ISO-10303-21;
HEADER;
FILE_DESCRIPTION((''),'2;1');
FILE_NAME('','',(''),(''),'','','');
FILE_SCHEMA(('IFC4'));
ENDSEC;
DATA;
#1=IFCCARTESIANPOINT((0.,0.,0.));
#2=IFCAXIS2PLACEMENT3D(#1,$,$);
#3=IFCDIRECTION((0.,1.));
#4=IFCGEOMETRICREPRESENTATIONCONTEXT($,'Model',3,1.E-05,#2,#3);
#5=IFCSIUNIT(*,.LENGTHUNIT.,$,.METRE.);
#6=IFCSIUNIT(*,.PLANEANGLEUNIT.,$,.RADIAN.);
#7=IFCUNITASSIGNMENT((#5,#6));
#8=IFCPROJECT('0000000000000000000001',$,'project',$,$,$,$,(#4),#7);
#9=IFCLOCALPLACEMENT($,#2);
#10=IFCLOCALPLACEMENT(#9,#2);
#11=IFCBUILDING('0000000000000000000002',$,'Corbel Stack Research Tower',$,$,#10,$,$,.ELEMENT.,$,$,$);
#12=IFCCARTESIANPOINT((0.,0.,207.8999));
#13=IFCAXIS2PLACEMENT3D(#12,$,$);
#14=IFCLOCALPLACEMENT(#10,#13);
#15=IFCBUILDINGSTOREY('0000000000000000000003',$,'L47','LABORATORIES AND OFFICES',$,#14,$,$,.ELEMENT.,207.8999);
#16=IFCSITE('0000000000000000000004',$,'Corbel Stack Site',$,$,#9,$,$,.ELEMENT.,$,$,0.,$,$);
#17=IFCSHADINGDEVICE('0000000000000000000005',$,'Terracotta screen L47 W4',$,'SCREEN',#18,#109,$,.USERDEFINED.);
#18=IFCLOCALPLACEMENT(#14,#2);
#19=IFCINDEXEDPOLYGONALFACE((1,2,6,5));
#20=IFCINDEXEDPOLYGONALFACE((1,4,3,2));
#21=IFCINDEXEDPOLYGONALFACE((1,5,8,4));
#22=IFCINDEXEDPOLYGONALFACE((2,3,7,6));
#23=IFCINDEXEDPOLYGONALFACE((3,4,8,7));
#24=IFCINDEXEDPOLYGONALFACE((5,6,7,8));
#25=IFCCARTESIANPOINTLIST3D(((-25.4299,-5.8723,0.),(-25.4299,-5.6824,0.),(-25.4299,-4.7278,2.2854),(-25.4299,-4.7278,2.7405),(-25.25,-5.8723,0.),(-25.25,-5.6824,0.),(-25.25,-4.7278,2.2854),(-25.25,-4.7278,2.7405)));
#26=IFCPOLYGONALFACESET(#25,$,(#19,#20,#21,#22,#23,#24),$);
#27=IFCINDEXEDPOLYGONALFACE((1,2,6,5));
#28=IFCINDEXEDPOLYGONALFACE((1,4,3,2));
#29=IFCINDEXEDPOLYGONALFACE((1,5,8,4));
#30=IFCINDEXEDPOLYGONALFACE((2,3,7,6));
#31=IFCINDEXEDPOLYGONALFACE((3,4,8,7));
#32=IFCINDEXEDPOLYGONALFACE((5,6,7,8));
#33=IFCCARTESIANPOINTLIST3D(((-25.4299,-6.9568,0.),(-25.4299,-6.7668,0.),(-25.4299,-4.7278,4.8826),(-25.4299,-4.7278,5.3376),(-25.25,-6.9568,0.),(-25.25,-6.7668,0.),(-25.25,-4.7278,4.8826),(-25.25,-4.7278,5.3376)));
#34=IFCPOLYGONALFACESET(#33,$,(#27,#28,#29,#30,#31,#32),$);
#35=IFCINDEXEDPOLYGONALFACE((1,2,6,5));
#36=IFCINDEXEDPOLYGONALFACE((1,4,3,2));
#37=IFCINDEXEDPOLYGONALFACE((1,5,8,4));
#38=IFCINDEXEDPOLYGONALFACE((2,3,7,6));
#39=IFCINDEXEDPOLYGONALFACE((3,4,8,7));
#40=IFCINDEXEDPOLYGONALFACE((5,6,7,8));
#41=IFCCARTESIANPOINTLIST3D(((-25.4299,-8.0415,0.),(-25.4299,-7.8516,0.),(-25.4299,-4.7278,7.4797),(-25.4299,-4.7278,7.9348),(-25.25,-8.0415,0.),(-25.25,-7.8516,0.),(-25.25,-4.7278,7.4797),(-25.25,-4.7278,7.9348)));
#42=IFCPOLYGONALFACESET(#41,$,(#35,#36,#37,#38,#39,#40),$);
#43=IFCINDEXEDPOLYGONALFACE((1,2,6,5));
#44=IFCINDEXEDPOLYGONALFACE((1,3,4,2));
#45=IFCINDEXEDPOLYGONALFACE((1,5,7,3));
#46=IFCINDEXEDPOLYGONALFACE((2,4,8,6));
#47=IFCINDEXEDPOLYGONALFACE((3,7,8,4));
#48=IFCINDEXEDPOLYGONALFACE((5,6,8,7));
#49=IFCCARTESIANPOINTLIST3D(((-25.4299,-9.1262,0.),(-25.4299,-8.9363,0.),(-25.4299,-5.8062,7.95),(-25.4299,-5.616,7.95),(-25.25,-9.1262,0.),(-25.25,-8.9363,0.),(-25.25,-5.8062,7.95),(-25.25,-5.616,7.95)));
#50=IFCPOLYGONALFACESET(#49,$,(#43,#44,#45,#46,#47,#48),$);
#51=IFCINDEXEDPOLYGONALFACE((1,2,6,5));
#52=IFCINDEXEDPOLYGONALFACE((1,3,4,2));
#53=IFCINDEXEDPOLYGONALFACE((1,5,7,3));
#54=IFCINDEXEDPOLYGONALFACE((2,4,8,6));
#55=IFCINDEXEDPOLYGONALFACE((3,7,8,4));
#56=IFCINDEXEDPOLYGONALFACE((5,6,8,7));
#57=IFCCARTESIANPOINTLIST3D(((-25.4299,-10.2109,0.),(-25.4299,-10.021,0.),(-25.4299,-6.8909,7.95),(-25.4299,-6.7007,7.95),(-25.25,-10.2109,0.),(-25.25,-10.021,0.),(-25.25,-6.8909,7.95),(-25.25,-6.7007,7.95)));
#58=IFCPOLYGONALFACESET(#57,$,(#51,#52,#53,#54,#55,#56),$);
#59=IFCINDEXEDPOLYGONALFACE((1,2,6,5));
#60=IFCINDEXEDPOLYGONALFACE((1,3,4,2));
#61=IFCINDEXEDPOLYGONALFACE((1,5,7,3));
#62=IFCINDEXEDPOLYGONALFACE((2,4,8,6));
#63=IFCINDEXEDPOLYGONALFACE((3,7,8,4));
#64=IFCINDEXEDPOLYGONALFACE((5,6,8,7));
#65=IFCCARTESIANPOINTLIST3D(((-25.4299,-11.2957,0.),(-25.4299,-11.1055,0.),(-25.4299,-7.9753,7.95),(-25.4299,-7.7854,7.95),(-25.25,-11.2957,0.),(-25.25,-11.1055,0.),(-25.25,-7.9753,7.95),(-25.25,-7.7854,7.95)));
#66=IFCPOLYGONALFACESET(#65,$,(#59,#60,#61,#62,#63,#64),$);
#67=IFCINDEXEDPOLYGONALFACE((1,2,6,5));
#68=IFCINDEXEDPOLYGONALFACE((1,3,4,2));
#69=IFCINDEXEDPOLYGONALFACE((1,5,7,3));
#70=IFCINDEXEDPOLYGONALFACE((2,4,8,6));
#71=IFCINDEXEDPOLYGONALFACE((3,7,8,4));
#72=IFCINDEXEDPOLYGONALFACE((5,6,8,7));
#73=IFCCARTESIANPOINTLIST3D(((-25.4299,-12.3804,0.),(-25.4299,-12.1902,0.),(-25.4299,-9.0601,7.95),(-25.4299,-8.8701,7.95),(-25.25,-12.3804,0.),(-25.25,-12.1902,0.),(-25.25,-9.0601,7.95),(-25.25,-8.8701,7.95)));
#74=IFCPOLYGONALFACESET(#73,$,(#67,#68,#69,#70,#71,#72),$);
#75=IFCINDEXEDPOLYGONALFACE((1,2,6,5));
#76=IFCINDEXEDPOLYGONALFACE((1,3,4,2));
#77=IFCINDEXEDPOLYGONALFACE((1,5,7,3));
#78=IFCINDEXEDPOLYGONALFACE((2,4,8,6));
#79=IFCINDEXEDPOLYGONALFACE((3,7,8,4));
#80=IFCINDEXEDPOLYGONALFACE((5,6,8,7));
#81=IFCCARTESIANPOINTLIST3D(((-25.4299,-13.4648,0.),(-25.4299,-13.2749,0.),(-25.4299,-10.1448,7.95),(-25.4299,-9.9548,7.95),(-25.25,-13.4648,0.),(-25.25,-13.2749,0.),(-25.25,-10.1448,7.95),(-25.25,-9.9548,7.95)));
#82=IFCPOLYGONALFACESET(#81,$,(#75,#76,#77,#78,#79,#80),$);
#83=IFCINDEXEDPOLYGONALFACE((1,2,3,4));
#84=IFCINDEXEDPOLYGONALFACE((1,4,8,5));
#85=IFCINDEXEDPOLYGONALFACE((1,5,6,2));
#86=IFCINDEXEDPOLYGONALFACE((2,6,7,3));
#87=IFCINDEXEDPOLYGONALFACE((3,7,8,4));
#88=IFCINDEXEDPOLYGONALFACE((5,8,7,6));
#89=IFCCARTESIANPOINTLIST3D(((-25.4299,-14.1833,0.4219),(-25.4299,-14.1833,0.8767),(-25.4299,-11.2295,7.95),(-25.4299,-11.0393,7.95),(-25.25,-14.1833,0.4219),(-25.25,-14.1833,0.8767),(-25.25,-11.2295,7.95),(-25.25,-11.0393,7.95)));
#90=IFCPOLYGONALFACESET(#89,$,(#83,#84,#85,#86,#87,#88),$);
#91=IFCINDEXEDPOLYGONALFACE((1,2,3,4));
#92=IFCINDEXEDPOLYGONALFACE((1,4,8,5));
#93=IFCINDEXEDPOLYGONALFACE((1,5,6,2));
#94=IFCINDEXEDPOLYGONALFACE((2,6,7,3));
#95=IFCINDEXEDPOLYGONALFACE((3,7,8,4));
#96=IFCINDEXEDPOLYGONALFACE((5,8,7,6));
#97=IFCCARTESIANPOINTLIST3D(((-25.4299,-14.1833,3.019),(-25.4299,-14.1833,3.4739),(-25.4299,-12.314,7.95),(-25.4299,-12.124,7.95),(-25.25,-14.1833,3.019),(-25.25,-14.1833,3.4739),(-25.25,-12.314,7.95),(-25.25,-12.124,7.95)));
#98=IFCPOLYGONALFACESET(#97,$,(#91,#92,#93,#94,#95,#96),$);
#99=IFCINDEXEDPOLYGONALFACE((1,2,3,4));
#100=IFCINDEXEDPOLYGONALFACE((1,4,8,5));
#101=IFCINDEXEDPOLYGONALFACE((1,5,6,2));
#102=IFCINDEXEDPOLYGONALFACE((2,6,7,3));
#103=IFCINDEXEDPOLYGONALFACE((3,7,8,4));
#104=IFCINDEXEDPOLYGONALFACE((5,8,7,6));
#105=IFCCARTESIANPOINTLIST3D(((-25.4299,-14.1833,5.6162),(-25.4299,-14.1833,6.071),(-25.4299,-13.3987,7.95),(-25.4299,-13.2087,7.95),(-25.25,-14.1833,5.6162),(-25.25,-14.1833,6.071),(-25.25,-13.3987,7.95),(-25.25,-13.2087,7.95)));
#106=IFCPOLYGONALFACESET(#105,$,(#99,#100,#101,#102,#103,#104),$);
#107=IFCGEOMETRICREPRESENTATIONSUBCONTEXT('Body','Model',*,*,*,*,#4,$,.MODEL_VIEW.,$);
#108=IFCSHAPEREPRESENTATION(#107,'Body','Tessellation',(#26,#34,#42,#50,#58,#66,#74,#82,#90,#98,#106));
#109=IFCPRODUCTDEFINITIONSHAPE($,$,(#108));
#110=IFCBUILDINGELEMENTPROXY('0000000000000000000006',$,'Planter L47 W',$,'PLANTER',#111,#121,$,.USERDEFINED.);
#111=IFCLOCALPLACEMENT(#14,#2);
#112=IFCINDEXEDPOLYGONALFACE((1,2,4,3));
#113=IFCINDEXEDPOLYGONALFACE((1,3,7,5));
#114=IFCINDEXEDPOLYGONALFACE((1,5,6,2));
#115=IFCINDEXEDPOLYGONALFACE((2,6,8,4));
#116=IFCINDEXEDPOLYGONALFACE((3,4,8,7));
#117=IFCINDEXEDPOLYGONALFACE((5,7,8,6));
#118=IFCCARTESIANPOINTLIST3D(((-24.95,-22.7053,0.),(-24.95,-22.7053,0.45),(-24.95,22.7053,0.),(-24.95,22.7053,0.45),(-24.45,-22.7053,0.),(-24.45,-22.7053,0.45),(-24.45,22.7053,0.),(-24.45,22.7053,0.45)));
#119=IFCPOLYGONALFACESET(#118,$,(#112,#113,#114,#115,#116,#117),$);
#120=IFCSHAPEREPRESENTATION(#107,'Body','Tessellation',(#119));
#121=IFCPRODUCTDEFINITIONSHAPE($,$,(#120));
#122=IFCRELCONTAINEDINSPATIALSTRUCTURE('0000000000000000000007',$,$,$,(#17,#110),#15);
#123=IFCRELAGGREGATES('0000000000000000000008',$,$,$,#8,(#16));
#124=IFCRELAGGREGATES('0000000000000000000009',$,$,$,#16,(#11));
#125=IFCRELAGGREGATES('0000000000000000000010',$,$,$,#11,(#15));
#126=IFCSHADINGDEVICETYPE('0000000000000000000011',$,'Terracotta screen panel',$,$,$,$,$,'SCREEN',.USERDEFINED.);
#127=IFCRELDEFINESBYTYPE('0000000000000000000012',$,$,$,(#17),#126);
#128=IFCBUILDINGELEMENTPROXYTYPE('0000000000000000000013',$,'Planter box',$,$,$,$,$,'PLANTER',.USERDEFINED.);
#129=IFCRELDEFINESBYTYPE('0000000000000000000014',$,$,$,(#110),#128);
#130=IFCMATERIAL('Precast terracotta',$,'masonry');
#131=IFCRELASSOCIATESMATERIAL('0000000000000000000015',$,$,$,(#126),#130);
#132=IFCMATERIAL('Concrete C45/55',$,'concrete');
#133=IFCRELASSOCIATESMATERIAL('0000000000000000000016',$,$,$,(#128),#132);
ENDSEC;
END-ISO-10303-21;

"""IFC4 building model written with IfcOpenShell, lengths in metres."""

from ifc_helpers import new_model, si_unit, direction, frame, origin, origin_2d, place, context, subcontext, project, spatial, polyline, rectangle, outline, extrude, source, transform, mapped, material, type_object, element, save


model = new_model("IFC4")

# Units and contexts
model_context = context("Model", 3, precision=1e-05, world=origin(), true_north=direction((0.0, 1.0)))
body_context = subcontext(model_context, "Body", "Model", "MODEL_VIEW")
ifc_project = project(units=[si_unit("LENGTHUNIT", "METRE"), si_unit("PLANEANGLEUNIT", "RADIAN")], contexts=[model_context])

# Site, building, storey
site_placement = place(None, origin())
site = spatial("IfcSite", under=ifc_project, at=site_placement, Name="Corbel Stack Site", CompositionType="ELEMENT", RefElevation=0.0)
building_placement = place(site_placement, origin())
building = spatial("IfcBuilding", under=site, at=building_placement, Name="Corbel Stack Research Tower", CompositionType="ELEMENT")
storey_placement = place(building_placement, frame((0.0, 0.0, 207.8999)))
storey = spatial("IfcBuildingStorey", under=building, at=storey_placement, Name="L47", Description="LABORATORIES AND OFFICES", CompositionType="ELEMENT", Elevation=207.8999)

# Shading device
ifc_material_1 = material(Name="Precast terracotta", Category="masonry")
shading_device_type = type_object("IfcShadingDeviceType", Name="Terracotta screen panel", ElementType="SCREEN", PredefinedType="USERDEFINED", material=ifc_material_1)
shared_shape = source(origin(), body_context, "Body", "SweptSolid", [
    extrude(outline(polyline([(1.1445, 0.0), (0.0, 2.7405), (0.0, 2.2854), (0.9546, 0.0), (1.1445, 0.0)])), frame((0.0, 0.0, 0.0), z_axis=(0.0, -1.0, 0.0), x_axis=(1.0, 0.0, 0.0)), (0.0, 0.0, 1.0), 0.1799),
    extrude(outline(polyline([(2.229, 0.0), (0.0, 5.3376), (0.0, 4.8826), (2.0391, 0.0), (2.229, 0.0)])), frame((0.0, 0.0, 0.0), z_axis=(0.0, -1.0, 0.0), x_axis=(1.0, 0.0, 0.0)), (0.0, 0.0, 1.0), 0.1799),
    extrude(outline(polyline([(3.3137, 0.0), (0.0, 7.9348), (0.0, 7.4797), (3.1238, 0.0), (3.3137, 0.0)])), frame((0.0, 0.0, 0.0), z_axis=(0.0, -1.0, 0.0), x_axis=(1.0, 0.0, 0.0)), (0.0, 0.0, 1.0), 0.1799),
    extrude(outline(polyline([(4.3984, 0.0), (1.0784, 7.95), (0.8882, 7.95), (4.2085, 0.0), (4.3984, 0.0)])), frame((0.0, 0.0, 0.0), z_axis=(0.0, -1.0, 0.0), x_axis=(1.0, 0.0, 0.0)), (0.0, 0.0, 1.0), 0.1799),
    extrude(outline(polyline([(5.4832, 0.0), (2.1631, 7.95), (1.9729, 7.95), (5.2932, 0.0), (5.4832, 0.0)])), frame((0.0, 0.0, 0.0), z_axis=(0.0, -1.0, 0.0), x_axis=(1.0, 0.0, 0.0)), (0.0, 0.0, 1.0), 0.1799),
    extrude(outline(polyline([(6.5679, 0.0), (3.2476, 7.95), (3.0576, 7.95), (6.3777, 0.0), (6.5679, 0.0)])), frame((0.0, 0.0, 0.0), z_axis=(0.0, -1.0, 0.0), x_axis=(1.0, 0.0, 0.0)), (0.0, 0.0, 1.0), 0.1799),
    extrude(outline(polyline([(7.6526, 0.0), (4.3323, 7.95), (4.1423, 7.95), (7.4624, 0.0), (7.6526, 0.0)])), frame((0.0, 0.0, 0.0), z_axis=(0.0, -1.0, 0.0), x_axis=(1.0, 0.0, 0.0)), (0.0, 0.0, 1.0), 0.1799),
    extrude(outline(polyline([(8.7371, 0.0), (5.417, 7.95), (5.2271, 7.95), (8.5471, 0.0), (8.7371, 0.0)])), frame((0.0, 0.0, 0.0), z_axis=(0.0, -1.0, 0.0), x_axis=(1.0, 0.0, 0.0)), (0.0, 0.0, 1.0), 0.1799),
    extrude(outline(polyline([(6.5017, 7.95), (6.3115, 7.95), (9.4556, 0.4219), (9.4556, 0.8767), (6.5017, 7.95)])), frame((0.0, 0.0, 0.0), z_axis=(0.0, -1.0, 0.0), x_axis=(1.0, 0.0, 0.0)), (0.0, 0.0, 1.0), 0.1799),
    extrude(outline(polyline([(7.5862, 7.95), (7.3962, 7.95), (9.4556, 3.019), (9.4556, 3.4739), (7.5862, 7.95)])), frame((0.0, 0.0, 0.0), z_axis=(0.0, -1.0, 0.0), x_axis=(1.0, 0.0, 0.0)), (0.0, 0.0, 1.0), 0.1799),
    extrude(outline(polyline([(8.6709, 7.95), (8.481, 7.95), (9.4556, 5.6162), (9.4556, 6.071), (8.6709, 7.95)])), frame((0.0, 0.0, 0.0), z_axis=(0.0, -1.0, 0.0), x_axis=(1.0, 0.0, 0.0)), (0.0, 0.0, 1.0), 0.1799),
])
shading_device_placement = place(storey_placement, frame((-25.25, -4.7278, 0.0), z_axis=(0.0, 0.0, 1.0), x_axis=(0.0, -1.0, 0.0)))
element("IfcShadingDevice", 1, at=shading_device_placement, inside=storey, type_object=shading_device_type, Name="Terracotta screen L47 W4", ObjectType="SCREEN", PredefinedType="USERDEFINED", context=body_context, shape_type="MappedRepresentation", body=[
    mapped(shared_shape, transform((0.0, 0.0, 0.0))),
])

# Building element proxy
ifc_material_2 = material(Name="Concrete C45/55", Category="concrete")
building_element_proxy_type = type_object("IfcBuildingElementProxyType", Name="Planter box", ElementType="PLANTER", PredefinedType="USERDEFINED", material=ifc_material_2)
proxy_placement = place(storey_placement, frame((-24.7, 0.0, 0.0), z_axis=(0.0, 0.0, 1.0), x_axis=(0.0, -1.0, 0.0)))
element("IfcBuildingElementProxy", 2, at=proxy_placement, inside=storey, type_object=building_element_proxy_type, Name="Planter L47 W", ObjectType="PLANTER", PredefinedType="USERDEFINED", context=body_context, shape_type="SweptSolid", body=[
    extrude(rectangle(XDim=45.4106, YDim=0.5, at=origin_2d()), origin(), (0.0, 0.0, 1.0), 0.45),
])

save(model, "model.ifc")
